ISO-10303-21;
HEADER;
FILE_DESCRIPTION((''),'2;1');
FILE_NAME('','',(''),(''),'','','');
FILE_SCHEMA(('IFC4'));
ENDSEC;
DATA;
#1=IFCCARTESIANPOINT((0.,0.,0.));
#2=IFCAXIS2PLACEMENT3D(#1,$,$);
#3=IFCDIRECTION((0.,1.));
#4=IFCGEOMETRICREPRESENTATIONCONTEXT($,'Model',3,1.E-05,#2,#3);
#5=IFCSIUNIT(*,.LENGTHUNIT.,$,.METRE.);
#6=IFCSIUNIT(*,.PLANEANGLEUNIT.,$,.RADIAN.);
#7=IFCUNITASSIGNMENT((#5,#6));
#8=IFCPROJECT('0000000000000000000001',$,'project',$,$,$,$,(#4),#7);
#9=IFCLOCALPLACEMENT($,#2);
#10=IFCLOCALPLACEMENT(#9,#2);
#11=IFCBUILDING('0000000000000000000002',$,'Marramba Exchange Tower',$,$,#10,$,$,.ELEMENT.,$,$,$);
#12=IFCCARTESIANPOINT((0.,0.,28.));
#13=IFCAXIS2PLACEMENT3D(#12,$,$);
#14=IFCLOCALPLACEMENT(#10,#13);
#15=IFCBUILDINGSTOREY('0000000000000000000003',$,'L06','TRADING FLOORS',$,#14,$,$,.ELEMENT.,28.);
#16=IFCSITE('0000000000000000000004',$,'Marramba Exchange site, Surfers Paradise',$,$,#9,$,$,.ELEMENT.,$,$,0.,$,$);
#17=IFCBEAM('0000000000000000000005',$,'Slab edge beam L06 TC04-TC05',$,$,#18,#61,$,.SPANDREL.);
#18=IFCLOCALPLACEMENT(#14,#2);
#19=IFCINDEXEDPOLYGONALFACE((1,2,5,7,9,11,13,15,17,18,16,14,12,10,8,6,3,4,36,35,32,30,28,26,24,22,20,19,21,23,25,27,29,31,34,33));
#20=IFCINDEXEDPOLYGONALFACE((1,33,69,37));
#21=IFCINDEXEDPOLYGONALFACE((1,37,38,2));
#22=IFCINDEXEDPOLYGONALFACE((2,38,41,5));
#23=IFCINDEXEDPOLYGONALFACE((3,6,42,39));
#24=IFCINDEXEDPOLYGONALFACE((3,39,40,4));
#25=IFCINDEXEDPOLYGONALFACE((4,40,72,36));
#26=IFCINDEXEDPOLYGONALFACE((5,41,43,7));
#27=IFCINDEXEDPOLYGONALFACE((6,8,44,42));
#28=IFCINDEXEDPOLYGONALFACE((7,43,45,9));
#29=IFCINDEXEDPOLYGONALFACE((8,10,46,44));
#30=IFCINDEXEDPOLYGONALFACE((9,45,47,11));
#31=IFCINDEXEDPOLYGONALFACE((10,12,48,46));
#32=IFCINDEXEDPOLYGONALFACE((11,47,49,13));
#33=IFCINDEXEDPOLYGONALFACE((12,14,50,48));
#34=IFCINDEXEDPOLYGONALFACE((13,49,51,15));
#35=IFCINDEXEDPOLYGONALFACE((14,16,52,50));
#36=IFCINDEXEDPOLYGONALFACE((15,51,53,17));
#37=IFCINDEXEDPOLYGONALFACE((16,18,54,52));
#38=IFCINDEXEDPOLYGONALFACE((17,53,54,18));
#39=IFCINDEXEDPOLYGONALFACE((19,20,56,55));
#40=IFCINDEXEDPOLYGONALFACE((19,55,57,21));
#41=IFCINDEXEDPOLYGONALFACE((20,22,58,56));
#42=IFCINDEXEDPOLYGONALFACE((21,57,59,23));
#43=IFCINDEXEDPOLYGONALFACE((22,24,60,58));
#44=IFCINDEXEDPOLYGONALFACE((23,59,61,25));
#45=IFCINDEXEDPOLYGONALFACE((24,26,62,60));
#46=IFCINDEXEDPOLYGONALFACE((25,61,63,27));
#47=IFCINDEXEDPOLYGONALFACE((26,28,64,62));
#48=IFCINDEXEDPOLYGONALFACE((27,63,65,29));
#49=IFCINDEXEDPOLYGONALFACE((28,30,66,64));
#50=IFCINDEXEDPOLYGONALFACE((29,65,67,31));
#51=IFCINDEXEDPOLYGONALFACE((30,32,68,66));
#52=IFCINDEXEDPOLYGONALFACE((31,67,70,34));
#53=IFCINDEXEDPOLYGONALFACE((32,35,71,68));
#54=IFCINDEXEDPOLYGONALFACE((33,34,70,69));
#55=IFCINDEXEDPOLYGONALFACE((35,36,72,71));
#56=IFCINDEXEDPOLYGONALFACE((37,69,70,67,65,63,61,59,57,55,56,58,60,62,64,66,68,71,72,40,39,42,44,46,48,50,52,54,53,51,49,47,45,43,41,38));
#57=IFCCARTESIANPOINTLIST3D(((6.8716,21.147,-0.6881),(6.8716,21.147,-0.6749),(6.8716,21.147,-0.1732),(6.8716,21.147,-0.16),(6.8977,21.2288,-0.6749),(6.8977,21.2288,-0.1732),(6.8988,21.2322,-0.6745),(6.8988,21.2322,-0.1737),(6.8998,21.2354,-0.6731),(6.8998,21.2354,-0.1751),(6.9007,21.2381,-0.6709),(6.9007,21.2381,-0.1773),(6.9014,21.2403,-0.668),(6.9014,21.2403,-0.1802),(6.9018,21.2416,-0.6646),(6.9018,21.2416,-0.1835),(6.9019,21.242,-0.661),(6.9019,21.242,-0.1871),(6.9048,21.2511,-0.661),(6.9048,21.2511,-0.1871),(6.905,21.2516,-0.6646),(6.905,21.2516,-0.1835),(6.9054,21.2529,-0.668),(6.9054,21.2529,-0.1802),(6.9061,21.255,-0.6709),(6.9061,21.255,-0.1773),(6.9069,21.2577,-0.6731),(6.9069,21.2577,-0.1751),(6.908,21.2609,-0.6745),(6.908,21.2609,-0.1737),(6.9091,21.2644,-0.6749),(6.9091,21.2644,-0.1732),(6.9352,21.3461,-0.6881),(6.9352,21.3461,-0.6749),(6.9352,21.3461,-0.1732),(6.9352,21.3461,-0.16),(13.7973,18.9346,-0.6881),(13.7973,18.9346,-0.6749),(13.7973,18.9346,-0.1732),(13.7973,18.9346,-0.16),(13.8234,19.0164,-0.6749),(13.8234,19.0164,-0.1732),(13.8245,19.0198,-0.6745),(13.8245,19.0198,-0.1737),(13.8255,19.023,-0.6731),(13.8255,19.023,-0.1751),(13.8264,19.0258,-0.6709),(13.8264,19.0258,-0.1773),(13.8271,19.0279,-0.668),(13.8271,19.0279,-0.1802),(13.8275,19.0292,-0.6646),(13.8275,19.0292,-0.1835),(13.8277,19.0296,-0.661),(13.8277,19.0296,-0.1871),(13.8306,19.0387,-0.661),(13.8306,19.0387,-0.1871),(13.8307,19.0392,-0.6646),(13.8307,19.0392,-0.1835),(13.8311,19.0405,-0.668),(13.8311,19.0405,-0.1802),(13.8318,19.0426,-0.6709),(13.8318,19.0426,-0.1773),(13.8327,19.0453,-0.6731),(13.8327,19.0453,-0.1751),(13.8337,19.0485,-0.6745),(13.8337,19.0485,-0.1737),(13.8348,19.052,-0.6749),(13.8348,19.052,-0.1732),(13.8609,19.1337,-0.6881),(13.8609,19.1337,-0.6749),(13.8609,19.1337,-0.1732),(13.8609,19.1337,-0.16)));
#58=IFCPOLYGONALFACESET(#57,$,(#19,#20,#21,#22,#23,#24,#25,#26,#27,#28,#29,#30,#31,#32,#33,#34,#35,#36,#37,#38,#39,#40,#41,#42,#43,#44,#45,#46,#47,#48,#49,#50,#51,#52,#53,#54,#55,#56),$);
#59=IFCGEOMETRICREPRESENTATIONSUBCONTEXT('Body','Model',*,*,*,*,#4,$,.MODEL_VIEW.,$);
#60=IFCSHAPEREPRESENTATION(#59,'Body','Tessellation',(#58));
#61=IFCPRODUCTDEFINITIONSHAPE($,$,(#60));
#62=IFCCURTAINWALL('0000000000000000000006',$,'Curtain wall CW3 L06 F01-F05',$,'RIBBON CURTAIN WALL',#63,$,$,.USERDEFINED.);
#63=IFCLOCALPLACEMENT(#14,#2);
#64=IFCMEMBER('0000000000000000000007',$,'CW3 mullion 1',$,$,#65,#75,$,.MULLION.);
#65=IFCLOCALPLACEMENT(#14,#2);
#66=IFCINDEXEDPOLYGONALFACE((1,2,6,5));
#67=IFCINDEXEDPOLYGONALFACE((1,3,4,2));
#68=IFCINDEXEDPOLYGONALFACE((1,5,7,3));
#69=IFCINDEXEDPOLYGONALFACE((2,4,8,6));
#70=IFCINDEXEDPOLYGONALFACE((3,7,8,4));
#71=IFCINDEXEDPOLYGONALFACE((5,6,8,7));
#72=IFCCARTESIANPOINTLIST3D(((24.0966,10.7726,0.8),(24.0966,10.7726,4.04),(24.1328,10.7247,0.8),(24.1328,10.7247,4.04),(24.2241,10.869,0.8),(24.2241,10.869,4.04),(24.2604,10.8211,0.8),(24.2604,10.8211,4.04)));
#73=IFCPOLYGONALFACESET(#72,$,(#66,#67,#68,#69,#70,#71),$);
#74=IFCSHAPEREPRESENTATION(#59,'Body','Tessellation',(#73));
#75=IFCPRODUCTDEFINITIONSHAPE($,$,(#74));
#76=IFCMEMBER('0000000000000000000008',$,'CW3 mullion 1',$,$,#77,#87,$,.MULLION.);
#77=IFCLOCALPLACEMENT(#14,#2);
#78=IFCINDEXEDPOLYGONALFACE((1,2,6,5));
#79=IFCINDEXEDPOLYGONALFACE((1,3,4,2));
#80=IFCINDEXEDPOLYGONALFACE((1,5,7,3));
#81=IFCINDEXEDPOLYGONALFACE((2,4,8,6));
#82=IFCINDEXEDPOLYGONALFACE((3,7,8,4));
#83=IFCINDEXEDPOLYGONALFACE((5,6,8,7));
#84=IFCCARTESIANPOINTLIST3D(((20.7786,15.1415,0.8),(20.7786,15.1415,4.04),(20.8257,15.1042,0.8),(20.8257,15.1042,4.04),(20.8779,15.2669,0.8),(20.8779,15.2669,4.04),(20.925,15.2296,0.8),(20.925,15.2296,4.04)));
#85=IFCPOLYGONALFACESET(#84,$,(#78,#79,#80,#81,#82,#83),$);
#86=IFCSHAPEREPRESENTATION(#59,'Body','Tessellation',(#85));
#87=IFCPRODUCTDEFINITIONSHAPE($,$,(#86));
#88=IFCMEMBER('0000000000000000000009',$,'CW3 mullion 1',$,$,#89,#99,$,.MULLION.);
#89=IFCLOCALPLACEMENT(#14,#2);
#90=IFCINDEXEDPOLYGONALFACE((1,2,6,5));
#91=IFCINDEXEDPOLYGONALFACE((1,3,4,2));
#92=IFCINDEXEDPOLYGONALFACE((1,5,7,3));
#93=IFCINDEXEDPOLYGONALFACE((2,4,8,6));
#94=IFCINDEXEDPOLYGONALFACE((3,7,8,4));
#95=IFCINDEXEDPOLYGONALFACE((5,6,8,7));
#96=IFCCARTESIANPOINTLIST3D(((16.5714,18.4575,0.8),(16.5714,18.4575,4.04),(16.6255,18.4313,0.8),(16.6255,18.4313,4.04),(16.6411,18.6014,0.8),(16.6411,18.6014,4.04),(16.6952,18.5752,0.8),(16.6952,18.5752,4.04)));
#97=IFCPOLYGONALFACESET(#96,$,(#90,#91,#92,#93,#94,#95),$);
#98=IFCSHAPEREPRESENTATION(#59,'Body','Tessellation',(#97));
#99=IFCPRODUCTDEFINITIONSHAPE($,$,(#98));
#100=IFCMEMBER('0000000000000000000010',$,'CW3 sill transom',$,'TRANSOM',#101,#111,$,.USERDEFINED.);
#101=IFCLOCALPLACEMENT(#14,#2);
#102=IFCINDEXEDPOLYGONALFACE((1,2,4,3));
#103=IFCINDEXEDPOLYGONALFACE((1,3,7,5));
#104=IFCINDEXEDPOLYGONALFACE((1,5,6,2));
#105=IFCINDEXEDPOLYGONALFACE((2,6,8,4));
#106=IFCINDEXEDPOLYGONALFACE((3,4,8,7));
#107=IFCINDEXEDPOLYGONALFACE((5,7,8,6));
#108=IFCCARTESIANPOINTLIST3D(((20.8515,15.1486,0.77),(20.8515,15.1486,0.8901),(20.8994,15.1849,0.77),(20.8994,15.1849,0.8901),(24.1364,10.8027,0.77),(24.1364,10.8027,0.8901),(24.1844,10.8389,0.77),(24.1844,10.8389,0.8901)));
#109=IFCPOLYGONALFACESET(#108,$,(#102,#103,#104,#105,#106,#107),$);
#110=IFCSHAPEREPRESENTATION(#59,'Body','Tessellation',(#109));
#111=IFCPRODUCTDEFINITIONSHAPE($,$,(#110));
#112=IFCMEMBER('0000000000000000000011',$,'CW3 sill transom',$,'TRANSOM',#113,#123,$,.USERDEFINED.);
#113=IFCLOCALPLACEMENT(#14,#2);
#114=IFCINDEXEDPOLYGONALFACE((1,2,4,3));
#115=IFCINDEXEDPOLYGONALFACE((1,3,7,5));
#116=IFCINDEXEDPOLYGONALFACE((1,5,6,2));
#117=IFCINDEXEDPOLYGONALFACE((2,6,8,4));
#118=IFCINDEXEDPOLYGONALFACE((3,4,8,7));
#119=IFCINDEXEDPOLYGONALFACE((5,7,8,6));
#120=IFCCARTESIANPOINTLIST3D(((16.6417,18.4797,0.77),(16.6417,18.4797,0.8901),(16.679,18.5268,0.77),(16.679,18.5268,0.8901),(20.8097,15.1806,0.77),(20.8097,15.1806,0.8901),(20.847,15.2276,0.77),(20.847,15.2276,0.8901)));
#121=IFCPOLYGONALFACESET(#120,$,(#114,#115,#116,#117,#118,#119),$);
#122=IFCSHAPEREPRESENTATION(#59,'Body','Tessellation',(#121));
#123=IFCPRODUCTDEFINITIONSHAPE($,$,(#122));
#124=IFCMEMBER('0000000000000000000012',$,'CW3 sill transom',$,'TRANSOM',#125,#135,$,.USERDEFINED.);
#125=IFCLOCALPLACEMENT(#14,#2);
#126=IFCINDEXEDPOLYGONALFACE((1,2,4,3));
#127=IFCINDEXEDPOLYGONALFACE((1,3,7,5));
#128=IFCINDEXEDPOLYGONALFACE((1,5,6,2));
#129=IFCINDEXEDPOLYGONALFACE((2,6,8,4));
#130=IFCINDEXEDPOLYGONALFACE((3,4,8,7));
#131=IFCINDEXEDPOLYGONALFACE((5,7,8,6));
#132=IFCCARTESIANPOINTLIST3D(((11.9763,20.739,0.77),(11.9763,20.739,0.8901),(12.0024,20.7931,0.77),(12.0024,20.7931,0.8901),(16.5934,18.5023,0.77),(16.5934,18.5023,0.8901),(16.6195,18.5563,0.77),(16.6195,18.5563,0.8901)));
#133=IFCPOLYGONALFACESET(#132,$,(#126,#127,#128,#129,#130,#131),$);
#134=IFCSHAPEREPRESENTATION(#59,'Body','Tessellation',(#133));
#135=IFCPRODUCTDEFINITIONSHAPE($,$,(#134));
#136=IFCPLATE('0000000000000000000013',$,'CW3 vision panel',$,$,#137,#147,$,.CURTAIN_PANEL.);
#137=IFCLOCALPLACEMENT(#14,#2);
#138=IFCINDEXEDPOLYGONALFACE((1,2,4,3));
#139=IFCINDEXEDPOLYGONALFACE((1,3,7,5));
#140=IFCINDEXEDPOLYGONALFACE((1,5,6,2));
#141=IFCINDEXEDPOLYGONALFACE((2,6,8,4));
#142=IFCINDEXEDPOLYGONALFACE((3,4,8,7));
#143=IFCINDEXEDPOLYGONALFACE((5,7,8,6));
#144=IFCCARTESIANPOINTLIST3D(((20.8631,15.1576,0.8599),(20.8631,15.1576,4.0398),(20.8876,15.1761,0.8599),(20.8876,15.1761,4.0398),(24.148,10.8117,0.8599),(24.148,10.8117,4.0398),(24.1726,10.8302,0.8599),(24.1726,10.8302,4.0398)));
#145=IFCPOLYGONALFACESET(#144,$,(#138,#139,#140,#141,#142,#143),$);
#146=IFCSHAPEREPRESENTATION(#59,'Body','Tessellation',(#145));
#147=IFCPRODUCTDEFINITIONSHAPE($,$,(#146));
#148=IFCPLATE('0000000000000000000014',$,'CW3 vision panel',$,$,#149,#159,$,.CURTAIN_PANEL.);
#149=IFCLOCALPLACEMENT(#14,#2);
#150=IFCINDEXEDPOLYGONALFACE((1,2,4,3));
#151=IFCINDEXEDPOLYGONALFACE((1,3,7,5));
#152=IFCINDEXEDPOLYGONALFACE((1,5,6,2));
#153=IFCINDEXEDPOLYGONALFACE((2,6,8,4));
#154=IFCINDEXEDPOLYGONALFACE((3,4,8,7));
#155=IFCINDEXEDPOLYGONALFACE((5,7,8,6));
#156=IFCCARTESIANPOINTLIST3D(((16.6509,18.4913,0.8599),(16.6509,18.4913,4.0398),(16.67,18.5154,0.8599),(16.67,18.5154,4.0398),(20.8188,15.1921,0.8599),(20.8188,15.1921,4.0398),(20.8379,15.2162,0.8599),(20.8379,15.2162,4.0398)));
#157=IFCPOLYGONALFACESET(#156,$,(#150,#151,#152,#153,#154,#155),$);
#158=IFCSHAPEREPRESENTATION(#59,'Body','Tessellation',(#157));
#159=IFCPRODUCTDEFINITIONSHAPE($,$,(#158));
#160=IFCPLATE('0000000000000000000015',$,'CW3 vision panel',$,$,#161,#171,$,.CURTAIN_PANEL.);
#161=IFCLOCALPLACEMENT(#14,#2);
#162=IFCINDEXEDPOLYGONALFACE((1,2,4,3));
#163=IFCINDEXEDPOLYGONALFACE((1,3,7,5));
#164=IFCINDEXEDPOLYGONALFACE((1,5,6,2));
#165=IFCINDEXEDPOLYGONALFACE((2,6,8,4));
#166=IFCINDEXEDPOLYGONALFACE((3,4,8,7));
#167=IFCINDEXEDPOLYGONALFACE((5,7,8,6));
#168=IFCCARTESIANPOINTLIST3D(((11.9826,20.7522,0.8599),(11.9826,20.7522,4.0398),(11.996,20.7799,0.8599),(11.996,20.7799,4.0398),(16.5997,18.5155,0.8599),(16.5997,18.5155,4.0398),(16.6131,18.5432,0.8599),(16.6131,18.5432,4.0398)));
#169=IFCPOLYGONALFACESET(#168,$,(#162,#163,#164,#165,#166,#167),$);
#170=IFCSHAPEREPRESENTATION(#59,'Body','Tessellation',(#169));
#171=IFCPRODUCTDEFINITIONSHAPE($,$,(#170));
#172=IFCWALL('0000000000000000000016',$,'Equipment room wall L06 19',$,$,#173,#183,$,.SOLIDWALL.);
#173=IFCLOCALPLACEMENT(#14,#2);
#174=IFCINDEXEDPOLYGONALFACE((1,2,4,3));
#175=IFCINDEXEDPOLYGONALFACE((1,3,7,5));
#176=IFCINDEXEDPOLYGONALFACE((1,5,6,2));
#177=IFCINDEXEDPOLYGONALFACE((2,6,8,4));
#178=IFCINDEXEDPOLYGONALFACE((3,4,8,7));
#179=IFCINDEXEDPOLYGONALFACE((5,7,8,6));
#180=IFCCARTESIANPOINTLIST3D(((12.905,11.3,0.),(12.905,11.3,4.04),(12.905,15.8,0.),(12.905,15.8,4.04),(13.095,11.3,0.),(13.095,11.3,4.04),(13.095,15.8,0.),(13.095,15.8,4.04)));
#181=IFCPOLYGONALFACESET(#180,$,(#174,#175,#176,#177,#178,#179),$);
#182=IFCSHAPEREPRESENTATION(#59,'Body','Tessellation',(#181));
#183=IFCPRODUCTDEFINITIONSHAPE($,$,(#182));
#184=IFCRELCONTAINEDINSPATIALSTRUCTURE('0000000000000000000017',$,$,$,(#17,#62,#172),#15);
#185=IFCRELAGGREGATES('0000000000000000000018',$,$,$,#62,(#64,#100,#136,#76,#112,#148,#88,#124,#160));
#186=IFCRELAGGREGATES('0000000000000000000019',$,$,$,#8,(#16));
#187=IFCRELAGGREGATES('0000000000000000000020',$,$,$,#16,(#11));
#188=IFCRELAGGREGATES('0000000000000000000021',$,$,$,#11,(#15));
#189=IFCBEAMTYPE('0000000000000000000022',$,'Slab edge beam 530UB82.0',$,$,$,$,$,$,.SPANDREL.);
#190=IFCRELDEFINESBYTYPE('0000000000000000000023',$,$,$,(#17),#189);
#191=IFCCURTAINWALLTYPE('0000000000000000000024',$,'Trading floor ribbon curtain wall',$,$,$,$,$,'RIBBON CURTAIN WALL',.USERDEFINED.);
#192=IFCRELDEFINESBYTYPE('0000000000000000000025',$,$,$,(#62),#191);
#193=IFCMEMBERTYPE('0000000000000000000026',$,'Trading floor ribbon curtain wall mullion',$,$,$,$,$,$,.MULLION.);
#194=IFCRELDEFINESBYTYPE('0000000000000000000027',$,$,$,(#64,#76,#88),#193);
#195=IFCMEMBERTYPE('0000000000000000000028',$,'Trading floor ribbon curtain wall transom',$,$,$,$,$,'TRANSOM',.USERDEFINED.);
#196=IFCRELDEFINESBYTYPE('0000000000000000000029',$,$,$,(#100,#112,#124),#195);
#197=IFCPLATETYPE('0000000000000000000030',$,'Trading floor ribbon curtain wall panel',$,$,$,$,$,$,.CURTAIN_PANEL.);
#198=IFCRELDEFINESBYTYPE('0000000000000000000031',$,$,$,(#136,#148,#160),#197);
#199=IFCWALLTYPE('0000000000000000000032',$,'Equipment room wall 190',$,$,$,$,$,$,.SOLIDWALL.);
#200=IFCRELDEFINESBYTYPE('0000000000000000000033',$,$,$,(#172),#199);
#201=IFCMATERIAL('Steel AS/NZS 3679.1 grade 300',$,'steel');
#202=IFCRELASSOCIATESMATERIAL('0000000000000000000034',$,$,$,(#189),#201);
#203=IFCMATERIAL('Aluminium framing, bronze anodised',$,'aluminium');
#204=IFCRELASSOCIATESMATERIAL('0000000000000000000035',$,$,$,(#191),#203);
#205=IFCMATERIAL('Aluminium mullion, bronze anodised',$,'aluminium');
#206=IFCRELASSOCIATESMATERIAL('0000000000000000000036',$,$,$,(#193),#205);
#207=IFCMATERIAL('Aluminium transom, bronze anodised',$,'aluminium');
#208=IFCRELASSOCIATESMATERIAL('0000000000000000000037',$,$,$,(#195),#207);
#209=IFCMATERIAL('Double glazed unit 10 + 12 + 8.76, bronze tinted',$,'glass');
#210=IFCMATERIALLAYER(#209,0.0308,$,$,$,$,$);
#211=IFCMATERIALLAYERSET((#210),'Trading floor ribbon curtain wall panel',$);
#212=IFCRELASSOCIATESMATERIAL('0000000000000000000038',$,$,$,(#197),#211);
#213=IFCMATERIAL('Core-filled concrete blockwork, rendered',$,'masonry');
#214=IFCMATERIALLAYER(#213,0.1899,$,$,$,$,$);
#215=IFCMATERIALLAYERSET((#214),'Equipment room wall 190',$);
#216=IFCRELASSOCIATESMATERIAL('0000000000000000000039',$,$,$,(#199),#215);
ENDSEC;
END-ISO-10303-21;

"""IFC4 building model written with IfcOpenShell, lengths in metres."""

from ifc_helpers import new_model, si_unit, direction, frame, frame_2d, origin, origin_2d, place, context, subcontext, project, spatial, rectangle, i_section, extrude, material, layer, layer_set, material_profile, profile_set, type_object, element, aggregate, save


model = new_model("IFC4")

# Units and contexts
model_context = context("Model", 3, precision=1e-05, world=origin(), true_north=direction((0.0, 1.0)))
body_context = subcontext(model_context, "Body", "Model", "MODEL_VIEW")
ifc_project = project(units=[si_unit("LENGTHUNIT", "METRE"), si_unit("PLANEANGLEUNIT", "RADIAN")], contexts=[model_context])

# Site, building, storey
site_placement = place(None, origin())
site = spatial("IfcSite", under=ifc_project, at=site_placement, Name="Marramba Exchange site, Surfers Paradise", CompositionType="ELEMENT", RefElevation=0.0)
building_placement = place(site_placement, origin())
building = spatial("IfcBuilding", under=site, at=building_placement, Name="Marramba Exchange Tower", CompositionType="ELEMENT")
storey_placement = place(building_placement, frame((0.0, 0.0, 28.0)))
storey = spatial("IfcBuildingStorey", under=building, at=storey_placement, Name="L06", Description="TRADING FLOORS", CompositionType="ELEMENT", Elevation=28.0)

# Beam
ifc_material_1 = material(Name="Steel AS/NZS 3679.1 grade 300", Category="steel")
ifc_material_profile_1 = material_profile(ifc_material_1, i_section(OverallWidth=0.209, OverallDepth=0.5281, WebThickness=0.0095, FlangeThickness=0.0132, FilletRadius=0.0139, at=origin_2d()), Name="530UB82.0")
ifc_profile_set_1 = profile_set([ifc_material_profile_1], Name="Steel AS/NZS 3679.1 grade 300")
beam_type_1 = type_object("IfcBeamType", Name="Slab edge beam 530UB82.0", PredefinedType="SPANDREL", material=ifc_profile_set_1)
beam_1_placement = place(storey_placement, frame((13.8291, 19.0342, -0.4241), z_axis=(-0.952578, 0.304296, 0.0), x_axis=(-0.304296, -0.952578, 0.0)))
element("IfcBeam", 1, at=beam_1_placement, inside=storey, type_object=beam_type_1, Name="Slab edge beam L06 TC04-TC05", PredefinedType="SPANDREL", context=body_context, shape_type="SweptSolid", body=[
    extrude(i_section(OverallWidth=0.209, OverallDepth=0.5281, WebThickness=0.0095, FlangeThickness=0.0132, FilletRadius=0.0139, at=origin_2d()), origin(), (0.0, 0.0, 1.0), 7.2705),
])

# Curtain wall, members, plates
ifc_material_2 = material(Name="Aluminium framing, bronze anodised", Category="aluminium")
curtain_wall_type = type_object("IfcCurtainWallType", Name="Trading floor ribbon curtain wall", ElementType="RIBBON CURTAIN WALL", PredefinedType="USERDEFINED", material=ifc_material_2)
curtain_wall_placement = place(storey_placement, origin())
curtain_wall = element("IfcCurtainWall", 2, at=curtain_wall_placement, inside=storey, type_object=curtain_wall_type, Name="Curtain wall CW3 L06 F01-F05", ObjectType="RIBBON CURTAIN WALL", PredefinedType="USERDEFINED")
ifc_material_3 = material(Name="Aluminium mullion, bronze anodised", Category="aluminium")
ifc_material_profile_2 = material_profile(ifc_material_3, rectangle(XDim=0.1599, YDim=0.0601, at=origin_2d()), Name="CW3 mullion 60x160")
ifc_profile_set_2 = profile_set([ifc_material_profile_2], Name="Aluminium mullion, bronze anodised")
member_type_1 = type_object("IfcMemberType", Name="Trading floor ribbon curtain wall mullion", PredefinedType="MULLION", material=ifc_profile_set_2)
member_1_placement = place(storey_placement, frame((24.1785, 10.7969, 0.8), z_axis=(0.0, 0.0, 1.0), x_axis=(-0.797749, -0.60299, 0.0)))
member_1 = element("IfcMember", 3, at=member_1_placement, type_object=member_type_1, Name="CW3 mullion 1", PredefinedType="MULLION", context=body_context, shape_type="SweptSolid", body=[
    extrude(rectangle(XDim=0.1599, YDim=0.0601, at=origin_2d()), origin(), (0.0, 0.0, 1.0), 3.24),
])
member_2_placement = place(storey_placement, frame((20.8518, 15.1855, 0.8), z_axis=(0.0, 0.0, 1.0), x_axis=(-0.62065, -0.784088, 0.0)))
member_2 = element("IfcMember", 4, at=member_2_placement, type_object=member_type_1, Name="CW3 mullion 1", PredefinedType="MULLION", context=body_context, shape_type="SweptSolid", body=[
    extrude(rectangle(XDim=0.1599, YDim=0.0601, at=origin_2d()), origin(), (0.0, 0.0, 1.0), 3.24),
])
member_3_placement = place(storey_placement, frame((16.6333, 18.5164, 0.8), z_axis=(0.0, 0.0, 1.0), x_axis=(-0.435965, -0.899963, 0.0)))
member_3 = element("IfcMember", 5, at=member_3_placement, type_object=member_type_1, Name="CW3 mullion 1", PredefinedType="MULLION", context=body_context, shape_type="SweptSolid", body=[
    extrude(rectangle(XDim=0.1599, YDim=0.0601, at=origin_2d()), origin(), (0.0, 0.0, 1.0), 3.24),
])
ifc_material_4 = material(Name="Aluminium transom, bronze anodised", Category="aluminium")
ifc_material_profile_3 = material_profile(ifc_material_4, rectangle(XDim=0.0601, YDim=0.1201, at=origin_2d()), Name="CW3 transom 60x120")
ifc_profile_set_3 = profile_set([ifc_material_profile_3], Name="Aluminium transom, bronze anodised")
member_type_2 = type_object("IfcMemberType", Name="Trading floor ribbon curtain wall transom", ElementType="TRANSOM", PredefinedType="USERDEFINED", material=ifc_profile_set_3)
member_4_placement = place(storey_placement, frame((24.1604, 10.8208, 0.8301), z_axis=(-0.602986, 0.797752, 0.0), x_axis=(-0.797752, -0.602986, 0.0)))
member_4 = element("IfcMember", 6, at=member_4_placement, type_object=member_type_2, Name="CW3 sill transom", ObjectType="TRANSOM", PredefinedType="USERDEFINED", context=body_context, shape_type="SweptSolid", body=[
    extrude(rectangle(XDim=0.0601, YDim=0.1201, at=origin_2d()), origin(), (0.0, 0.0, 1.0), 5.4478),
])
member_5_placement = place(storey_placement, frame((20.8284, 15.2041, 0.8301), z_axis=(-0.784098, 0.620637, 0.0), x_axis=(-0.620637, -0.784098, 0.0)))
member_5 = element("IfcMember", 7, at=member_5_placement, type_object=member_type_2, Name="CW3 sill transom", ObjectType="TRANSOM", PredefinedType="USERDEFINED", context=body_context, shape_type="SweptSolid", body=[
    extrude(rectangle(XDim=0.0601, YDim=0.1201, at=origin_2d()), origin(), (0.0, 0.0, 1.0), 5.3157),
])
member_6_placement = place(storey_placement, frame((16.6064, 18.5293, 0.8301), z_axis=(-0.899953, 0.435986, 0.0), x_axis=(-0.435986, -0.899953, 0.0)))
member_6 = element("IfcMember", 8, at=member_6_placement, type_object=member_type_2, Name="CW3 sill transom", ObjectType="TRANSOM", PredefinedType="USERDEFINED", context=body_context, shape_type="SweptSolid", body=[
    extrude(rectangle(XDim=0.0601, YDim=0.1201, at=origin_2d()), origin(), (0.0, 0.0, 1.0), 5.1304),
])
ifc_material_5 = material(Name="Double glazed unit 10 + 12 + 8.76, bronze tinted", Category="glass")
ifc_layer_1 = layer(ifc_material_5, 0.0308)
ifc_layer_set_1 = layer_set([ifc_layer_1], Name="Trading floor ribbon curtain wall panel")
plate_type = type_object("IfcPlateType", Name="Trading floor ribbon curtain wall panel", PredefinedType="CURTAIN_PANEL", material=ifc_layer_set_1)
plate_1_placement = place(storey_placement, frame((22.5178, 12.9939, 0.8599), z_axis=(0.0, 0.0, 1.0), x_axis=(-0.60299, 0.797749, 0.0)))
plate_1 = element("IfcPlate", 9, at=plate_1_placement, type_object=plate_type, Name="CW3 vision panel", PredefinedType="CURTAIN_PANEL", context=body_context, shape_type="SweptSolid", body=[
    extrude(rectangle(XDim=5.4478, YDim=0.0308, at=origin_2d()), origin(), (0.0, 0.0, 1.0), 3.1799),
])
plate_2_placement = place(storey_placement, frame((18.7444, 16.8538, 0.8599), z_axis=(0.0, 0.0, 1.0), x_axis=(-0.784088, 0.62065, 0.0)))
plate_2 = element("IfcPlate", 10, at=plate_2_placement, type_object=plate_type, Name="CW3 vision panel", PredefinedType="CURTAIN_PANEL", context=body_context, shape_type="SweptSolid", body=[
    extrude(rectangle(XDim=5.3157, YDim=0.0308, at=origin_2d()), origin(), (0.0, 0.0, 1.0), 3.1799),
])
plate_3_placement = place(storey_placement, frame((14.2979, 19.6477, 0.8599), z_axis=(0.0, 0.0, 1.0), x_axis=(-0.899963, 0.435965, 0.0)))
plate_3 = element("IfcPlate", 11, at=plate_3_placement, type_object=plate_type, Name="CW3 vision panel", PredefinedType="CURTAIN_PANEL", context=body_context, shape_type="SweptSolid", body=[
    extrude(rectangle(XDim=5.1304, YDim=0.0308, at=origin_2d()), origin(), (0.0, 0.0, 1.0), 3.1799),
])
aggregate(curtain_wall, [member_1, member_4, plate_1, member_2, member_5, plate_2, member_3, member_6, plate_3])

# Wall
ifc_material_6 = material(Name="Core-filled concrete blockwork, rendered", Category="masonry")
ifc_layer_2 = layer(ifc_material_6, 0.1899)
ifc_layer_set_2 = layer_set([ifc_layer_2], Name="Equipment room wall 190")
wall_type_1 = type_object("IfcWallType", Name="Equipment room wall 190", PredefinedType="SOLIDWALL", material=ifc_layer_set_2)
wall_1_placement = place(storey_placement, frame((13.0, 15.8, 0.0), z_axis=(0.0, 0.0, 1.0), x_axis=(0.0, -1.0, 0.0)))
element("IfcWall", 12, at=wall_1_placement, inside=storey, type_object=wall_type_1, Name="Equipment room wall L06 19", PredefinedType="SOLIDWALL", context=body_context, shape_type="SweptSolid", body=[
    extrude(rectangle(XDim=4.5, YDim=0.1899, at=frame_2d((2.25, 0.0))), origin(), (0.0, 0.0, 1.0), 4.04),
])

save(model, "model.ifc")
